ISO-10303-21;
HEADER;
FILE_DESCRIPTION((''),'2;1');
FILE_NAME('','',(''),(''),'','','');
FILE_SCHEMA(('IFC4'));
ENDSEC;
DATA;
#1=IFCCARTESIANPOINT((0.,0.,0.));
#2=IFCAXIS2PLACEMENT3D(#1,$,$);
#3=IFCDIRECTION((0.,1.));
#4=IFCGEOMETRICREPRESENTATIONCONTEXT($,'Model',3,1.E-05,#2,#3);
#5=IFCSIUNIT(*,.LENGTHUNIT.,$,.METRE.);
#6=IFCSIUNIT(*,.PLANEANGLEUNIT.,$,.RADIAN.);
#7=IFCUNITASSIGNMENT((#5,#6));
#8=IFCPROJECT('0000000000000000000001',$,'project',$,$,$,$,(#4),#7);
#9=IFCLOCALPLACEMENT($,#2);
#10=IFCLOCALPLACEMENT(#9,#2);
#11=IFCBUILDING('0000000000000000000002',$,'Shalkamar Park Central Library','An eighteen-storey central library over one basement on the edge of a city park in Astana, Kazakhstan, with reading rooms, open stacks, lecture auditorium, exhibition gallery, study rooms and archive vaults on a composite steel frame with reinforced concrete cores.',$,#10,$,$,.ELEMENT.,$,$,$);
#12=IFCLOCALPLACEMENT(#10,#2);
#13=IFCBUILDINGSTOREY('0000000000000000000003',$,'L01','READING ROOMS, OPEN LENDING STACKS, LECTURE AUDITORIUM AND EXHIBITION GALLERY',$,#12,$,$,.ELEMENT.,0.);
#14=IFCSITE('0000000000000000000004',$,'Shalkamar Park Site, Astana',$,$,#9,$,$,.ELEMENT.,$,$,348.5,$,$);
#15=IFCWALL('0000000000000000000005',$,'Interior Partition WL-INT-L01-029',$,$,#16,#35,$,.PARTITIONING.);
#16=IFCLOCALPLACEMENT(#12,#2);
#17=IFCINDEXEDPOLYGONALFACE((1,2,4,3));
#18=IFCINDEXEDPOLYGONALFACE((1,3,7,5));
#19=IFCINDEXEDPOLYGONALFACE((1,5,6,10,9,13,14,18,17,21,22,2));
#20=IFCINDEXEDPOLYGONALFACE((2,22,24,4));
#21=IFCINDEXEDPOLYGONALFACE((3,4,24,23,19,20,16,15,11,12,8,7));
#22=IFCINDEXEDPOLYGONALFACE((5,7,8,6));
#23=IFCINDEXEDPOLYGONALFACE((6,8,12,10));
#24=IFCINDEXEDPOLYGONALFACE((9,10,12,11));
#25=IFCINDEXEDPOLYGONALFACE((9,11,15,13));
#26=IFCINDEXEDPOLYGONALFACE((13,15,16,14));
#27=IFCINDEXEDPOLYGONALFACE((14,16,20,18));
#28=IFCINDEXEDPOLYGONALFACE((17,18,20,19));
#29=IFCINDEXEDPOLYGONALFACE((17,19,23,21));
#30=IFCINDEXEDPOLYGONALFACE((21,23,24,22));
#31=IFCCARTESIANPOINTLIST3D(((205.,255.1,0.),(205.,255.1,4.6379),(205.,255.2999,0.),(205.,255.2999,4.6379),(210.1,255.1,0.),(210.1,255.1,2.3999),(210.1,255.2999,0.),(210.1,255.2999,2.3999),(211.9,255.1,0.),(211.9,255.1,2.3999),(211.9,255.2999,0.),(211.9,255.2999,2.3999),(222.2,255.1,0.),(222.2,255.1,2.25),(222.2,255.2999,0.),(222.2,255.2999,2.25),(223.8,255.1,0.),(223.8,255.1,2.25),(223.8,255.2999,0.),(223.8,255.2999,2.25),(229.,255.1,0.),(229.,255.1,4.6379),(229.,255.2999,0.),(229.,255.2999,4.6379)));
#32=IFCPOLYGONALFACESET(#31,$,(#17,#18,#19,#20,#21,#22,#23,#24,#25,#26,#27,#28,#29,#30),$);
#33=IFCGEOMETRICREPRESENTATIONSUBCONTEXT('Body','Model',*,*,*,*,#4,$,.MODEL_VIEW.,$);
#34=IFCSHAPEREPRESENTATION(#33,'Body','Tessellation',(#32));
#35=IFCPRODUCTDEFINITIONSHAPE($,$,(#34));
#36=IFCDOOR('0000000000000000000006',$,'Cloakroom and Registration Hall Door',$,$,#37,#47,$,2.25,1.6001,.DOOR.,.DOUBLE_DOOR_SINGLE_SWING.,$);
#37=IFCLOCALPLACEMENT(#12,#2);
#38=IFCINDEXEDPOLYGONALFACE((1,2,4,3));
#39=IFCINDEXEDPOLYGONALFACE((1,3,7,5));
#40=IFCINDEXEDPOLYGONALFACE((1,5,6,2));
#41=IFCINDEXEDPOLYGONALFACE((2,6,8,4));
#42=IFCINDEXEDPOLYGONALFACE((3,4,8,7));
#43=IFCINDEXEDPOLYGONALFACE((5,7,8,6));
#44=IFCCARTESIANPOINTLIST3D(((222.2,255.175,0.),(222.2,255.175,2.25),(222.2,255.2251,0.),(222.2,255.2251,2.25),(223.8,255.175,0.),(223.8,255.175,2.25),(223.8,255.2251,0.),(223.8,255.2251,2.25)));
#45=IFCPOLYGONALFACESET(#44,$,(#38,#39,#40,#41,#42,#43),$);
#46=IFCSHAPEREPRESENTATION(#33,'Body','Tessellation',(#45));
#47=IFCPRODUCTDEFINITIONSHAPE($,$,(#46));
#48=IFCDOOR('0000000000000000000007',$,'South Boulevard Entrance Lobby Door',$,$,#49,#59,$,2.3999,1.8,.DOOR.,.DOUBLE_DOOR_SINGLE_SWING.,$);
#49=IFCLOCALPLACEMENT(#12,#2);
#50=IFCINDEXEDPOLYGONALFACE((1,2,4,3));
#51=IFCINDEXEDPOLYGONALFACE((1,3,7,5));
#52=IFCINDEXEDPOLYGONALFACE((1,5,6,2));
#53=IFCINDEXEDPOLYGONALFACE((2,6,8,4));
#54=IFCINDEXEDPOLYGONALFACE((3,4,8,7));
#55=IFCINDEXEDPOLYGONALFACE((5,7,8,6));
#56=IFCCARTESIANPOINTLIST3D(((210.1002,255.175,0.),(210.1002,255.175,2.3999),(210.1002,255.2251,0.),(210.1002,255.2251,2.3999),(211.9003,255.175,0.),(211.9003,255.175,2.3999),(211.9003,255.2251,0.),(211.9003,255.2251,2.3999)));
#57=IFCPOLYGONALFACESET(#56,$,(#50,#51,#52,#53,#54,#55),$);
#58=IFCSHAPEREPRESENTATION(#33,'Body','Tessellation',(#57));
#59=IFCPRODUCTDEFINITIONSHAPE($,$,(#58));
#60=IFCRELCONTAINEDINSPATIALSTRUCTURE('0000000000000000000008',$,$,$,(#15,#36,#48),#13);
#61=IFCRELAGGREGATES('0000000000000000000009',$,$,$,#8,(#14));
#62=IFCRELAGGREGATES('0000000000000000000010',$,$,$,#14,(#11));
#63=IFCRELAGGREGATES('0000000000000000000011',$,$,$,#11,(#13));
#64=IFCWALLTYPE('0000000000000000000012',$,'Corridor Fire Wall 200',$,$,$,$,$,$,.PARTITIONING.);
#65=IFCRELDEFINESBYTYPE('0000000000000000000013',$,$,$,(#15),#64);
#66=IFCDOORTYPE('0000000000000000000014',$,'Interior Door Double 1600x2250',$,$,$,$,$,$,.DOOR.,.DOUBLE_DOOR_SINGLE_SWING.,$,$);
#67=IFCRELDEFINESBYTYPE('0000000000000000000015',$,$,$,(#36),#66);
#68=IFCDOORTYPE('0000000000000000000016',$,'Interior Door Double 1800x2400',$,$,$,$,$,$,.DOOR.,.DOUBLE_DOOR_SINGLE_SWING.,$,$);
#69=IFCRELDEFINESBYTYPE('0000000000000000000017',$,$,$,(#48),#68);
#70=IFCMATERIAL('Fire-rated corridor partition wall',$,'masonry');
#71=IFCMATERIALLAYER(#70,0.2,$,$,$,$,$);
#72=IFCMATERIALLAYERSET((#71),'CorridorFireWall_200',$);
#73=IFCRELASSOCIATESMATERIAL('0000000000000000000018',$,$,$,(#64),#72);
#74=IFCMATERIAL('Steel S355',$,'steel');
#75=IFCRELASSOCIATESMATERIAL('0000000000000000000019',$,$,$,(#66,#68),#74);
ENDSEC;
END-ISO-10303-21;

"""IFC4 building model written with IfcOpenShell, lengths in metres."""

from ifc_helpers import new_model, si_unit, direction, frame, frame_2d, origin, place, context, subcontext, project, spatial, rectangle, extrude, material, layer, layer_set, type_object, element, fill, save


model = new_model("IFC4")

# Units and contexts
model_context = context("Model", 3, precision=1e-05, world=origin(), true_north=direction((0.0, 1.0)))
body_context = subcontext(model_context, "Body", "Model", "MODEL_VIEW")
ifc_project = project(units=[si_unit("LENGTHUNIT", "METRE"), si_unit("PLANEANGLEUNIT", "RADIAN")], contexts=[model_context])

# Site, building, storey
site_placement = place(None, origin())
site = spatial("IfcSite", under=ifc_project, at=site_placement, Name="Shalkamar Park Site, Astana", CompositionType="ELEMENT", RefElevation=348.5)
building_placement = place(site_placement, origin())
building = spatial("IfcBuilding", under=site, at=building_placement, Name="Shalkamar Park Central Library", Description="An eighteen-storey central library over one basement on the edge of a city park in Astana, Kazakhstan, with reading rooms, open stacks, lecture auditorium, exhibition gallery, study rooms and archive vaults on a composite steel frame with reinforced concrete cores.", CompositionType="ELEMENT")
storey_placement = place(building_placement, origin())
storey = spatial("IfcBuildingStorey", under=building, at=storey_placement, Name="L01", Description="READING ROOMS, OPEN LENDING STACKS, LECTURE AUDITORIUM AND EXHIBITION GALLERY", CompositionType="ELEMENT", Elevation=0.0)

# Shared definitions
ifc_material_1 = material(Name="Steel S355", Category="steel")

# Wall, openings, doors
ifc_material_2 = material(Name="Fire-rated corridor partition wall", Category="masonry")
ifc_layer_1 = layer(ifc_material_2, 0.2)
ifc_layer_set_1 = layer_set([ifc_layer_1], Name="CorridorFireWall_200")
wall_type_1 = type_object("IfcWallType", Name="Corridor Fire Wall 200", PredefinedType="PARTITIONING", material=ifc_layer_set_1)
wall_1_placement = place(storey_placement, frame((205.0, 255.2, 0.0), z_axis=(0.0, 0.0, 1.0), x_axis=(1.0, 0.0, 0.0)))
wall_1 = element("IfcWall", 1, at=wall_1_placement, inside=storey, type_object=wall_type_1, Name="Interior Partition WL-INT-L01-029", PredefinedType="PARTITIONING", context=body_context, shape_type="SweptSolid", body=[
    extrude(rectangle(XDim=24.0, YDim=0.2, at=frame_2d((12.0, 0.0))), origin(), (0.0, 0.0, 1.0), 4.6379),
])
opening_1_placement = place(wall_1_placement, frame((5.1001, 0.0, 0.0)))
opening_1 = element("IfcOpeningElement", 2, at=opening_1_placement, cuts=wall_1, PredefinedType="OPENING", context=body_context, shape_type="SweptSolid", body=[
    extrude(rectangle(XDim=1.8, YDim=2.3999, at=frame_2d((0.8999, 1.2))), frame((0.0, 0.1147, 0.0), z_axis=(0.0, -1.0, 0.0), x_axis=(1.0, 0.0, 0.0)), (0.0, 0.0, 1.0), 0.2297),
])
opening_2_placement = place(wall_1_placement, frame((17.2, 0.0, 0.0)))
opening_2 = element("IfcOpeningElement", 3, at=opening_2_placement, cuts=wall_1, PredefinedType="OPENING", context=body_context, shape_type="SweptSolid", body=[
    extrude(rectangle(XDim=1.6001, YDim=2.25, at=frame_2d((0.8, 1.125))), frame((0.0, 0.1147, 0.0), z_axis=(0.0, -1.0, 0.0), x_axis=(1.0, 0.0, 0.0)), (0.0, 0.0, 1.0), 0.2297),
])
door_type_1 = type_object("IfcDoorType", Name="Interior Door Double 1600x2250", OperationType="DOUBLE_DOOR_SINGLE_SWING", PredefinedType="DOOR", material=ifc_material_1)
door_1_placement = place(opening_2_placement, frame((1.6001, 0.0, 0.0), z_axis=(0.0, 0.0, 1.0), x_axis=(-1.0, 0.0, 0.0)))
door_1 = element("IfcDoor", 4, at=door_1_placement, inside=storey, type_object=door_type_1, Name="Cloakroom and Registration Hall Door", OperationType="DOUBLE_DOOR_SINGLE_SWING", OverallHeight=2.25, OverallWidth=1.6001, PredefinedType="DOOR", context=body_context, shape_type="SweptSolid", body=[
    extrude(rectangle(XDim=1.6001, YDim=2.25, at=frame_2d((0.8, 1.125))), frame((0.0, 0.0249, 0.0), z_axis=(0.0, -1.0, 0.0), x_axis=(1.0, 0.0, 0.0)), (0.0, 0.0, 1.0), 0.05),
])
fill(opening_2, door_1)
door_type_2 = type_object("IfcDoorType", Name="Interior Door Double 1800x2400", OperationType="DOUBLE_DOOR_SINGLE_SWING", PredefinedType="DOOR", material=ifc_material_1)
door_2_placement = place(opening_1_placement, frame((1.8, 0.0, 0.0), z_axis=(0.0, 0.0, 1.0), x_axis=(-1.0, 0.0, 0.0)))
door_2 = element("IfcDoor", 5, at=door_2_placement, inside=storey, type_object=door_type_2, Name="South Boulevard Entrance Lobby Door", OperationType="DOUBLE_DOOR_SINGLE_SWING", OverallHeight=2.3999, OverallWidth=1.8, PredefinedType="DOOR", context=body_context, shape_type="SweptSolid", body=[
    extrude(rectangle(XDim=1.8, YDim=2.3999, at=frame_2d((0.8999, 1.2))), frame((0.0, 0.0249, 0.0), z_axis=(0.0, -1.0, 0.0), x_axis=(1.0, 0.0, 0.0)), (0.0, 0.0, 1.0), 0.05),
])
fill(opening_1, door_2)

save(model, "model.ifc")
